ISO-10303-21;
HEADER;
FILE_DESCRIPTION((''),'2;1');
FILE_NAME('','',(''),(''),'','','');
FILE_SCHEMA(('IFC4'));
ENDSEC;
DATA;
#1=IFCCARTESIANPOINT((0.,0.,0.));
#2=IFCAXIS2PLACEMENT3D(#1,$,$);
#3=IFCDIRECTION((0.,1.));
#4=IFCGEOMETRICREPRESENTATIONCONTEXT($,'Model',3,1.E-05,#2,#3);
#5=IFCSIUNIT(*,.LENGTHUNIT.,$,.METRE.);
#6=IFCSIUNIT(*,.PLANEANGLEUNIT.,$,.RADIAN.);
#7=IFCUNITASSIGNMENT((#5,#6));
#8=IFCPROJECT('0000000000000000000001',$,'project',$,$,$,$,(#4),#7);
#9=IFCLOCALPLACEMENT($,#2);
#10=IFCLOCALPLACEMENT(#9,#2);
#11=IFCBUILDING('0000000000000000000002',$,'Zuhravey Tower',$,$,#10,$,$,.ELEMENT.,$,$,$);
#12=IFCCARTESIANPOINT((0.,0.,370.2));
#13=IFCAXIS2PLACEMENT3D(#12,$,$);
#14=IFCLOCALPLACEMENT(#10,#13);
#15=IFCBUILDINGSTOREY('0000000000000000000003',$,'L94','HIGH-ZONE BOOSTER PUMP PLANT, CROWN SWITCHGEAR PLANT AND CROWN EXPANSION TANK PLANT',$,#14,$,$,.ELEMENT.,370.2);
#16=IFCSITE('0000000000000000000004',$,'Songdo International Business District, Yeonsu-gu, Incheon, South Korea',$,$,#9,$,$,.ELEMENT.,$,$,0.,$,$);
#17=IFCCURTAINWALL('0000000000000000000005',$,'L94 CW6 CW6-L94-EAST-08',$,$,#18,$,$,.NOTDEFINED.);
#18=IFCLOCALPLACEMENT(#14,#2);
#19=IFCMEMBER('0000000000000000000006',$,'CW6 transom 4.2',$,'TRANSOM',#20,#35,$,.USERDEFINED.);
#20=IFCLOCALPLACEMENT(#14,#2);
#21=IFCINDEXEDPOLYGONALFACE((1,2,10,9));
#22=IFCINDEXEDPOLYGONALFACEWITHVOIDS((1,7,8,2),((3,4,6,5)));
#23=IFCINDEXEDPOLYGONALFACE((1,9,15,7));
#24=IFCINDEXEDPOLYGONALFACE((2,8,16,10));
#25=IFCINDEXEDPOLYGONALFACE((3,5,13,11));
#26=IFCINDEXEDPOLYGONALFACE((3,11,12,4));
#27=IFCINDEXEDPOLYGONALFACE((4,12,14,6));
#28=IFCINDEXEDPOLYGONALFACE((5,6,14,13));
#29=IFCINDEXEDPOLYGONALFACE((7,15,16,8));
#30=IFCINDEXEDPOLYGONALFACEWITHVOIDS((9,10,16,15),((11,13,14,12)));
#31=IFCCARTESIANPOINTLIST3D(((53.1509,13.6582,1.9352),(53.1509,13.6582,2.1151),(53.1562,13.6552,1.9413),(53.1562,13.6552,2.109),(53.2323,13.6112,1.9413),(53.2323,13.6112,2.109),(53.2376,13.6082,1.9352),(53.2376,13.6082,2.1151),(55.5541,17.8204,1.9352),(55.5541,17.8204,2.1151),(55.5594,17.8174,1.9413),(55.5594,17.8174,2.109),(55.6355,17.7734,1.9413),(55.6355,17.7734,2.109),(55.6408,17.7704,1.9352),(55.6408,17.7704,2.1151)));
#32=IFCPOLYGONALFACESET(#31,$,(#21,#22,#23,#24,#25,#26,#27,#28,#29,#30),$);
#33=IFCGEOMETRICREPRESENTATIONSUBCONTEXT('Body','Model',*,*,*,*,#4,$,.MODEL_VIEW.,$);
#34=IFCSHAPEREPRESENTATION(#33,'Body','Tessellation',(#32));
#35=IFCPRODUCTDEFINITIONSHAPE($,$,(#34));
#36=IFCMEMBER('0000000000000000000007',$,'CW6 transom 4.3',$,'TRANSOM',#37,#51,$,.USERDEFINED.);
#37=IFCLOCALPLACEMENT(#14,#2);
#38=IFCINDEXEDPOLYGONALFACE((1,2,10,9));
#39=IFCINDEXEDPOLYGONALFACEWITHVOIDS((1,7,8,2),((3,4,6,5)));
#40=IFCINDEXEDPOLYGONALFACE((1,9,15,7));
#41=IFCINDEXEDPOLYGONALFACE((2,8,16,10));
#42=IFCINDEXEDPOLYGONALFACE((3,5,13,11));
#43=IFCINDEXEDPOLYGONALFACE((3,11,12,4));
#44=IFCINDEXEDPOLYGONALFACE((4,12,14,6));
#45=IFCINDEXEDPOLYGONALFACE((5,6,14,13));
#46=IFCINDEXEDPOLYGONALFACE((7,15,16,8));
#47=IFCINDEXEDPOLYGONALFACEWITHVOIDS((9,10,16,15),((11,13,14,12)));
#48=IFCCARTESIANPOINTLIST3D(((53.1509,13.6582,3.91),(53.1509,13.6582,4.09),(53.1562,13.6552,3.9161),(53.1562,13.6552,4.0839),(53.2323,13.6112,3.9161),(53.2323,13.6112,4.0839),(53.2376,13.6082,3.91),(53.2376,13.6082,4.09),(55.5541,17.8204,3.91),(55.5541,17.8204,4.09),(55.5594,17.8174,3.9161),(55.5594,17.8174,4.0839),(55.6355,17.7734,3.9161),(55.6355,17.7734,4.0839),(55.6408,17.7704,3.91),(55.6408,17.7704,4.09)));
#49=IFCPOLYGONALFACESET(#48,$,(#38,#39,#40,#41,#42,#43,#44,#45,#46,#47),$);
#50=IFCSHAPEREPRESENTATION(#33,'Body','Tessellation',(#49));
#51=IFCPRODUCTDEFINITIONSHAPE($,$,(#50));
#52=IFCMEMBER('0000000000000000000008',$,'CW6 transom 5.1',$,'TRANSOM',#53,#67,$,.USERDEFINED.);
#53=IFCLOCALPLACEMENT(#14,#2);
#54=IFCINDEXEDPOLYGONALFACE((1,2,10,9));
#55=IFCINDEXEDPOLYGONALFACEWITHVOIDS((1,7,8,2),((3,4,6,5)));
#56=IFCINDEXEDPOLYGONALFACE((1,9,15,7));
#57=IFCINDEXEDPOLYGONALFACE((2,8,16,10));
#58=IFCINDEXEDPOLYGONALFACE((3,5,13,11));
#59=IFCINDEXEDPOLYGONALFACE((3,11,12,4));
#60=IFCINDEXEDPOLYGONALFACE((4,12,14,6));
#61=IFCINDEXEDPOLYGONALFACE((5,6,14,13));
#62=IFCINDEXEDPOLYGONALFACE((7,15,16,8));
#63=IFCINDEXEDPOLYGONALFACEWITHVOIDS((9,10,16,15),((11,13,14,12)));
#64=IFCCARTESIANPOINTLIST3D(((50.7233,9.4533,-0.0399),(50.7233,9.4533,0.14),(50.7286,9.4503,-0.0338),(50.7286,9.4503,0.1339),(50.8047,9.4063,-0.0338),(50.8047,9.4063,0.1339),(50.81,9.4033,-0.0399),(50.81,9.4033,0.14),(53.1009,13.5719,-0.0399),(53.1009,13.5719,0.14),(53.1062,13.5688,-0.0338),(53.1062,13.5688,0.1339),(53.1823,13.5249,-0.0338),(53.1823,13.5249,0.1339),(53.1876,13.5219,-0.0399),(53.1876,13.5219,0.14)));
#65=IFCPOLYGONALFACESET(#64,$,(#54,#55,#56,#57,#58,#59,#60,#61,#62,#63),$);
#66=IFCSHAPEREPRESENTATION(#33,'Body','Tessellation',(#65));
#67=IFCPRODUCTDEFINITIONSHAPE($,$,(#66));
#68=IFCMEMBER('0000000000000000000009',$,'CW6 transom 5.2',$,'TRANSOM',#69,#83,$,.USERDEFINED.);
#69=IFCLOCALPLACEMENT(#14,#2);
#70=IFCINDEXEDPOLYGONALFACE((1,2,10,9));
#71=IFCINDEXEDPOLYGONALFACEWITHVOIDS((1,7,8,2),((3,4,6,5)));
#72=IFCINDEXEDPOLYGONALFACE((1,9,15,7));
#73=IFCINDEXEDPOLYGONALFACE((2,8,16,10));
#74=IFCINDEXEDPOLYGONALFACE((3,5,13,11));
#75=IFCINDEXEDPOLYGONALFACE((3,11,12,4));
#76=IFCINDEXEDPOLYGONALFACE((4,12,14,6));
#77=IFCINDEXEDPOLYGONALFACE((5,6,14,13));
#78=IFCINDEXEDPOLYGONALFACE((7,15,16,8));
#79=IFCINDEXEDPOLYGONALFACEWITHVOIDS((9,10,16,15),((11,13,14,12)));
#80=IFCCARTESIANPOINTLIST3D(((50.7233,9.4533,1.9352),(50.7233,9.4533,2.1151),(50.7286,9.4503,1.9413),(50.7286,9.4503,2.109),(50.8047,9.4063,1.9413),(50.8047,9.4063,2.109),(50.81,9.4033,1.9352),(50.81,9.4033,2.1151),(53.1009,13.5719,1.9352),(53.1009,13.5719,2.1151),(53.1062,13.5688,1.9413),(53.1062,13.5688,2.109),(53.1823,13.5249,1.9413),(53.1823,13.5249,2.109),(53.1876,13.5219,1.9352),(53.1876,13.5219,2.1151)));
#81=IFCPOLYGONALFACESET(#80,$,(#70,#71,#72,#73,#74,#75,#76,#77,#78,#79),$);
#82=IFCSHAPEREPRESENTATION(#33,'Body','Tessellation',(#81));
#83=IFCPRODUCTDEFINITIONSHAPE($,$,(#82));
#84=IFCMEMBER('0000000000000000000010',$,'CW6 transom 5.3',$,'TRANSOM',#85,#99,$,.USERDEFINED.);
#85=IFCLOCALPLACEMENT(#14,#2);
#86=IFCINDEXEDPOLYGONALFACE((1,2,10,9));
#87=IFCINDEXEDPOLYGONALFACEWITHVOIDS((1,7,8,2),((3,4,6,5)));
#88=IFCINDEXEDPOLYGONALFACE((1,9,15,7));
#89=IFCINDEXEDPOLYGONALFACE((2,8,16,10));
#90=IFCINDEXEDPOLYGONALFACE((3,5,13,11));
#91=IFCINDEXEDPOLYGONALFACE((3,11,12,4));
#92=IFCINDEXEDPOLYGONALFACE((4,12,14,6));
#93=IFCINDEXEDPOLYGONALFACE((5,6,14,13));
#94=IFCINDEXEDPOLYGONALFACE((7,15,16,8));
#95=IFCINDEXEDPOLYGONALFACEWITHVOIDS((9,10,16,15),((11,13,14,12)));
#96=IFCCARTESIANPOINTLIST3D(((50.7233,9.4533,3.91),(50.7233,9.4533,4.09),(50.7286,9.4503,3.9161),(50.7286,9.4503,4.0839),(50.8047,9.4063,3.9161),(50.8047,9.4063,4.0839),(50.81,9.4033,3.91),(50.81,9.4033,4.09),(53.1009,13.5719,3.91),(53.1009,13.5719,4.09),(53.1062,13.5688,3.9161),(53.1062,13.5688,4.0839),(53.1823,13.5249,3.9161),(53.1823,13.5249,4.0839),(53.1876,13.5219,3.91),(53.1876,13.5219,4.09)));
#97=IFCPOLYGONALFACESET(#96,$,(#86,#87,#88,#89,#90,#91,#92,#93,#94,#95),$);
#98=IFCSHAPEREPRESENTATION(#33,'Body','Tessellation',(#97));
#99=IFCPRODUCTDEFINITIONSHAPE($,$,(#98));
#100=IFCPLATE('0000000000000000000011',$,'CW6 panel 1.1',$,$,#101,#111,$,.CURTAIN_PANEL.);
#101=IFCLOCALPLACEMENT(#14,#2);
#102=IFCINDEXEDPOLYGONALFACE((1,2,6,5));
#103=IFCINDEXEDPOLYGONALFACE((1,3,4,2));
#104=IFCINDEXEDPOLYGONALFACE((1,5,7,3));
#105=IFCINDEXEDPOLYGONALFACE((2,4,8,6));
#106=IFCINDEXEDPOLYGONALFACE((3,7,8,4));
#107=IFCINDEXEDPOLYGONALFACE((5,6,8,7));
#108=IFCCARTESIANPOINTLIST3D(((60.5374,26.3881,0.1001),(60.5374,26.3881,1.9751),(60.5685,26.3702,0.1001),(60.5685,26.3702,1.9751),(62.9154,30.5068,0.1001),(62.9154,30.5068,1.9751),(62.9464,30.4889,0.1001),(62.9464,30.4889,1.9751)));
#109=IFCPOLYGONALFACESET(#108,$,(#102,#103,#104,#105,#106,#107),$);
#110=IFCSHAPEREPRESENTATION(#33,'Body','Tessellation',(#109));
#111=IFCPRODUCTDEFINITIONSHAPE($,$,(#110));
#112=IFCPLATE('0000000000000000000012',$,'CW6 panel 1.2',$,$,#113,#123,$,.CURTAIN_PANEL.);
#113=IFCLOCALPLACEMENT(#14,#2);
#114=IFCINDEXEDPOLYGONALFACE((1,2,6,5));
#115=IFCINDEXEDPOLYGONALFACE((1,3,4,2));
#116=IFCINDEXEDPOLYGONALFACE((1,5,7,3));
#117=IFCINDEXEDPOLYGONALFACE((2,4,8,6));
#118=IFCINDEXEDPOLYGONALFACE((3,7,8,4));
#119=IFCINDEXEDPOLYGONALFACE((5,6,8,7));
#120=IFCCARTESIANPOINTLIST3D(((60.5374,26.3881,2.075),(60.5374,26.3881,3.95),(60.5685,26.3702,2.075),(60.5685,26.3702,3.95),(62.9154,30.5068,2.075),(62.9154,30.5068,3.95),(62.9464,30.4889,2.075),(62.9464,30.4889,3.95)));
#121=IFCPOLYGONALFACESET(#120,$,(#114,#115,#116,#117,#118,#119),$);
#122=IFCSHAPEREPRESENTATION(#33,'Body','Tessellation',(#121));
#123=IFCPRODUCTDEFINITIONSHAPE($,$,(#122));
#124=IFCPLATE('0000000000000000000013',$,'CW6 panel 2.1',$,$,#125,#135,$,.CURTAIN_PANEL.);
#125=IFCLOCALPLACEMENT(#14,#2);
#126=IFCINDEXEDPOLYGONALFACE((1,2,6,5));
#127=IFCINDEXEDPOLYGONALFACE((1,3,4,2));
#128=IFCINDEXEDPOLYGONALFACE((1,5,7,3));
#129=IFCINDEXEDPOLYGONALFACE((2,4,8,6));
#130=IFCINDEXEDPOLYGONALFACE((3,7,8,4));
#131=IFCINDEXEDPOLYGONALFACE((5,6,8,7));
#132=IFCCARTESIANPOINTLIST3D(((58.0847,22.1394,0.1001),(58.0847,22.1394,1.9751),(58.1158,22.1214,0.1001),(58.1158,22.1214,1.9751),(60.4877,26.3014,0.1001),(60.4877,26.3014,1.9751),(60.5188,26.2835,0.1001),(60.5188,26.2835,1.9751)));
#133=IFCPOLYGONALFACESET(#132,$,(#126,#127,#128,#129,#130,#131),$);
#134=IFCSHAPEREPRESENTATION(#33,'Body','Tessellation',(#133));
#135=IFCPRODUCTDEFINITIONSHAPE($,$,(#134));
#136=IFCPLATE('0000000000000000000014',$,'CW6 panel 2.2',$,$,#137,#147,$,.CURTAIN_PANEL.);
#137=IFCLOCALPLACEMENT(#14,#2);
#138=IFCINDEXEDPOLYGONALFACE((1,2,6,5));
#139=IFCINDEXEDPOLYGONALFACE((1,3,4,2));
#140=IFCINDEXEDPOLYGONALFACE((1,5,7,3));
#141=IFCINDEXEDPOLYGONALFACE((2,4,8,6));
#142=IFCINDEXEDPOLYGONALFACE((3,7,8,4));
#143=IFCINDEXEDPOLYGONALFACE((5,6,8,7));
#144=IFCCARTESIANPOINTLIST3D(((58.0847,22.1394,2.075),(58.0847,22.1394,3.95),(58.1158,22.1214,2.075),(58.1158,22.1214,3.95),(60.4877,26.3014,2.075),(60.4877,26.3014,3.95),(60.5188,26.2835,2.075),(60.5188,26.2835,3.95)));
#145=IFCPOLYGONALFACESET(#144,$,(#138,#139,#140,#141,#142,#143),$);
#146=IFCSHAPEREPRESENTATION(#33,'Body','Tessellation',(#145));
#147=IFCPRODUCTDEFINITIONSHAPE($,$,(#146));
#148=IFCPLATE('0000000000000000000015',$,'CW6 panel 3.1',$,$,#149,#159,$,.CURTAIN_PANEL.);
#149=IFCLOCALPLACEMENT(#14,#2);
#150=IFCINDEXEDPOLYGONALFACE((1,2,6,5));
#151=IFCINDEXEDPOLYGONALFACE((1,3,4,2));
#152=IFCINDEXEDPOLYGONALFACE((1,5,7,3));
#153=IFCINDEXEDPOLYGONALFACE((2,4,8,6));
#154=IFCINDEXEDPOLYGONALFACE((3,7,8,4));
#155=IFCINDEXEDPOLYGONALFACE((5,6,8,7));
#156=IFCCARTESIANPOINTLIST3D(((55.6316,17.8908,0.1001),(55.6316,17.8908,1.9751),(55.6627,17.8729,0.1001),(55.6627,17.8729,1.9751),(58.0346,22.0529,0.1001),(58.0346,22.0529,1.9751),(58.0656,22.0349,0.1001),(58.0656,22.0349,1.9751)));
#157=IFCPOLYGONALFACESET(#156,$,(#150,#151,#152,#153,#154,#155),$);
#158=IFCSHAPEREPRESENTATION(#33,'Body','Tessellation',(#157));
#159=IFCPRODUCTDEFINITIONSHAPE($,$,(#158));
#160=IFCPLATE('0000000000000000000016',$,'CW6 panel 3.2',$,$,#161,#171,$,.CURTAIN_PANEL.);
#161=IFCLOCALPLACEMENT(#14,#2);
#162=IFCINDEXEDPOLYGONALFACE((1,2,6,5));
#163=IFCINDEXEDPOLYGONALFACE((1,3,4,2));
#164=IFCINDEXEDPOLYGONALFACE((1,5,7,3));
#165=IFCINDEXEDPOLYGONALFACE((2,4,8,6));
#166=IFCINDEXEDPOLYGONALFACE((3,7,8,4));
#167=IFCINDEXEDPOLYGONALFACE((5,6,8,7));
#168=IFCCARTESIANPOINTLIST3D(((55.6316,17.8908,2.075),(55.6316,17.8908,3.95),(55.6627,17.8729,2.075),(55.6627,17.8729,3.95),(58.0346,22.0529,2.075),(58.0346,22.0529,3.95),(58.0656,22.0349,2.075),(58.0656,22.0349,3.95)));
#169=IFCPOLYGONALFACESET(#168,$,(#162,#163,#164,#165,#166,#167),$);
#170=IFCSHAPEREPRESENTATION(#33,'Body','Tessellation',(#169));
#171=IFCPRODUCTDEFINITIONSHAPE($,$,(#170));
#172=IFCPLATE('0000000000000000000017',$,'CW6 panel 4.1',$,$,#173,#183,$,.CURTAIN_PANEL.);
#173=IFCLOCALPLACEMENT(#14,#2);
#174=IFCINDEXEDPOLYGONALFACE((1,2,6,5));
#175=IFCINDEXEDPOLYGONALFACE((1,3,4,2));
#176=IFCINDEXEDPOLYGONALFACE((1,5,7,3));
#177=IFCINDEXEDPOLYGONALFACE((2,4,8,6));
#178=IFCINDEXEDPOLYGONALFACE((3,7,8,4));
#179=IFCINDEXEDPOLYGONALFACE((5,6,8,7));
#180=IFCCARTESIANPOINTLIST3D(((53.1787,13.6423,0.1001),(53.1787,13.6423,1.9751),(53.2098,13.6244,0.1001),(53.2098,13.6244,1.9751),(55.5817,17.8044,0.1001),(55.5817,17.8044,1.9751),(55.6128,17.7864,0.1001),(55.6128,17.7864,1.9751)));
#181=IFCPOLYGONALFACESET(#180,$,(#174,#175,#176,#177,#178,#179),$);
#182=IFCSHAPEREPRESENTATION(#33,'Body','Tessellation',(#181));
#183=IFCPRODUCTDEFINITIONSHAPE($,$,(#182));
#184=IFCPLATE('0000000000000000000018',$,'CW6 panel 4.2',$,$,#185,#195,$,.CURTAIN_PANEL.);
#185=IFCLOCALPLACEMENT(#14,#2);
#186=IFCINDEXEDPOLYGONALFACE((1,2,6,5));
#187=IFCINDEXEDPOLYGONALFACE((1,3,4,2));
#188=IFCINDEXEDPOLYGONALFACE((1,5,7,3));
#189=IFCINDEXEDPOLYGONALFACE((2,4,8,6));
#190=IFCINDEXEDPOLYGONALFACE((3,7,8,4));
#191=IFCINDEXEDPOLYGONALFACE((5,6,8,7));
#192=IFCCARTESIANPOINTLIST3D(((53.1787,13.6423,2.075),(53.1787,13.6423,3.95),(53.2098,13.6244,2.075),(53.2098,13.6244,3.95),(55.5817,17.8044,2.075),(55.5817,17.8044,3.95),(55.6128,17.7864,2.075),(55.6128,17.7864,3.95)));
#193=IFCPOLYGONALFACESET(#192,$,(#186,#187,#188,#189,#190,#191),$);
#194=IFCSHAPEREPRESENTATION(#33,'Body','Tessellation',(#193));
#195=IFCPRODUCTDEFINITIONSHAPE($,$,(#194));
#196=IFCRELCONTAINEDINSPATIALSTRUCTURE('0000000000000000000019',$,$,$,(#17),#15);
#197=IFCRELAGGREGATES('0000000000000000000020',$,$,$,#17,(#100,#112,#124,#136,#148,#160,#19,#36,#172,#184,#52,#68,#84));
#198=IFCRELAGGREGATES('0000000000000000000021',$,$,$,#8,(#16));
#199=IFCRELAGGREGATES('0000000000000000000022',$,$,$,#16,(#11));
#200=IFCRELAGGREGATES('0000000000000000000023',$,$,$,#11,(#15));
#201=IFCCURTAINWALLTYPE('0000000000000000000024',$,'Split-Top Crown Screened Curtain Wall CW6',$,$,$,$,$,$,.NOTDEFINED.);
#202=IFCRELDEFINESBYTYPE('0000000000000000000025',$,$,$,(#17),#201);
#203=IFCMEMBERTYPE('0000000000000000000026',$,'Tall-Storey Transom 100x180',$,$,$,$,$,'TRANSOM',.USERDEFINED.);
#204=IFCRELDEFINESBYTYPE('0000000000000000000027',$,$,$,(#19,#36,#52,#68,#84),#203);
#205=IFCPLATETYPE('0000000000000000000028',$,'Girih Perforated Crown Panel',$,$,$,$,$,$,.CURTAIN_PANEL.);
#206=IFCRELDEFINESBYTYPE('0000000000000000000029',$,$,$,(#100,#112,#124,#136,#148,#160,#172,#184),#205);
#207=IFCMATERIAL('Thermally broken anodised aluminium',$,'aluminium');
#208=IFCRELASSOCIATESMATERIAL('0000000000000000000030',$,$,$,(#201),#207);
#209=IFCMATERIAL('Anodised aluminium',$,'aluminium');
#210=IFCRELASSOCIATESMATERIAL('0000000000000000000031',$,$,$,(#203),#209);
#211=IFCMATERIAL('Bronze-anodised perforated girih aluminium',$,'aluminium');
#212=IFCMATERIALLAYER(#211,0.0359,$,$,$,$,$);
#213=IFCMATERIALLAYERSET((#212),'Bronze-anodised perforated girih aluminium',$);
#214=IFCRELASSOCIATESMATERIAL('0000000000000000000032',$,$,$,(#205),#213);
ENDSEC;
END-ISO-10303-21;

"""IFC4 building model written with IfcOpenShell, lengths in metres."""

from ifc_helpers import new_model, si_unit, direction, frame, origin, origin_2d, place, context, subcontext, project, spatial, rectangle, hollow_rectangle, extrude, material, layer, layer_set, material_profile, profile_set, type_object, element, aggregate, save


model = new_model("IFC4")

# Units and contexts
model_context = context("Model", 3, precision=1e-05, world=origin(), true_north=direction((0.0, 1.0)))
body_context = subcontext(model_context, "Body", "Model", "MODEL_VIEW")
ifc_project = project(units=[si_unit("LENGTHUNIT", "METRE"), si_unit("PLANEANGLEUNIT", "RADIAN")], contexts=[model_context])

# Site, building, storey
site_placement = place(None, origin())
site = spatial("IfcSite", under=ifc_project, at=site_placement, Name="Songdo International Business District, Yeonsu-gu, Incheon, South Korea", CompositionType="ELEMENT", RefElevation=0.0)
building_placement = place(site_placement, origin())
building = spatial("IfcBuilding", under=site, at=building_placement, Name="Zuhravey Tower", CompositionType="ELEMENT")
storey_placement = place(building_placement, frame((0.0, 0.0, 370.2)))
storey = spatial("IfcBuildingStorey", under=building, at=storey_placement, Name="L94", Description="HIGH-ZONE BOOSTER PUMP PLANT, CROWN SWITCHGEAR PLANT AND CROWN EXPANSION TANK PLANT", CompositionType="ELEMENT", Elevation=370.2)

# Curtain wall
ifc_material_1 = material(Name="Thermally broken anodised aluminium", Category="aluminium")
curtain_wall_type = type_object("IfcCurtainWallType", Name="Split-Top Crown Screened Curtain Wall CW6", PredefinedType="NOTDEFINED", material=ifc_material_1)
curtain_wall_placement = place(storey_placement, origin())
curtain_wall = element("IfcCurtainWall", 1, at=curtain_wall_placement, inside=storey, type_object=curtain_wall_type, Name="L94 CW6 CW6-L94-EAST-08", PredefinedType="NOTDEFINED")
ifc_material_2 = material(Name="Anodised aluminium", Category="aluminium")

# Members
ifc_material_profile_1 = material_profile(ifc_material_2, hollow_rectangle(XDim=0.1001, YDim=0.1799, WallThickness=0.0061, at=origin_2d()), Name="ALU-RHS-100x180x6")
ifc_profile_set_1 = profile_set([ifc_material_profile_1], Name="Anodised aluminium")
member_type_1 = type_object("IfcMemberType", Name="Tall-Storey Transom 100x180", ElementType="TRANSOM", PredefinedType="USERDEFINED", material=ifc_profile_set_1)
member_1_placement = place(storey_placement, frame((55.5974, 17.7954, 2.0251), z_axis=(-0.500013, -0.866018, 0.0), x_axis=(0.866018, -0.500013, 0.0)))
member_1 = element("IfcMember", 2, at=member_1_placement, type_object=member_type_1, Name="CW6 transom 4.2", ObjectType="TRANSOM", PredefinedType="USERDEFINED", context=body_context, shape_type="SweptSolid", body=[
    extrude(hollow_rectangle(XDim=0.1001, YDim=0.1799, WallThickness=0.0061, at=origin_2d()), origin(), (0.0, 0.0, 1.0), 4.8062),
])
member_2_placement = place(storey_placement, frame((55.5974, 17.7954, 4.0), z_axis=(-0.500013, -0.866018, 0.0), x_axis=(0.866018, -0.500013, 0.0)))
member_2 = element("IfcMember", 3, at=member_2_placement, type_object=member_type_1, Name="CW6 transom 4.3", ObjectType="TRANSOM", PredefinedType="USERDEFINED", context=body_context, shape_type="SweptSolid", body=[
    extrude(hollow_rectangle(XDim=0.1001, YDim=0.1799, WallThickness=0.0061, at=origin_2d()), origin(), (0.0, 0.0, 1.0), 4.8062),
])
member_3_placement = place(storey_placement, frame((53.1443, 13.5469, 0.05), z_axis=(-0.499965, -0.866045, 0.0), x_axis=(0.866045, -0.499965, 0.0)))
member_3 = element("IfcMember", 4, at=member_3_placement, type_object=member_type_1, Name="CW6 transom 5.1", ObjectType="TRANSOM", PredefinedType="USERDEFINED", context=body_context, shape_type="SweptSolid", body=[
    extrude(hollow_rectangle(XDim=0.1001, YDim=0.1799, WallThickness=0.0061, at=origin_2d()), origin(), (0.0, 0.0, 1.0), 4.7556),
])
member_4_placement = place(storey_placement, frame((53.1443, 13.5469, 2.0251), z_axis=(-0.499965, -0.866045, 0.0), x_axis=(0.866045, -0.499965, 0.0)))
member_4 = element("IfcMember", 5, at=member_4_placement, type_object=member_type_1, Name="CW6 transom 5.2", ObjectType="TRANSOM", PredefinedType="USERDEFINED", context=body_context, shape_type="SweptSolid", body=[
    extrude(hollow_rectangle(XDim=0.1001, YDim=0.1799, WallThickness=0.0061, at=origin_2d()), origin(), (0.0, 0.0, 1.0), 4.7556),
])
member_5_placement = place(storey_placement, frame((53.1443, 13.5469, 4.0), z_axis=(-0.499965, -0.866045, 0.0), x_axis=(0.866045, -0.499965, 0.0)))
member_5 = element("IfcMember", 6, at=member_5_placement, type_object=member_type_1, Name="CW6 transom 5.3", ObjectType="TRANSOM", PredefinedType="USERDEFINED", context=body_context, shape_type="SweptSolid", body=[
    extrude(hollow_rectangle(XDim=0.1001, YDim=0.1799, WallThickness=0.0061, at=origin_2d()), origin(), (0.0, 0.0, 1.0), 4.7556),
])

# Plates
ifc_material_3 = material(Name="Bronze-anodised perforated girih aluminium", Category="aluminium")
ifc_layer_1 = layer(ifc_material_3, 0.0359)
ifc_layer_set_1 = layer_set([ifc_layer_1], Name="Bronze-anodised perforated girih aluminium")
plate_type = type_object("IfcPlateType", Name="Girih Perforated Crown Panel", PredefinedType="CURTAIN_PANEL", material=ifc_layer_set_1)
plate_1_placement = place(storey_placement, frame((61.7419, 28.4385, 0.1001), z_axis=(0.0, 0.0, 1.0), x_axis=(-0.499997, -0.866027, 0.0)))
plate_1 = element("IfcPlate", 7, at=plate_1_placement, type_object=plate_type, Name="CW6 panel 1.1", PredefinedType="CURTAIN_PANEL", context=body_context, shape_type="SweptSolid", body=[
    extrude(rectangle(XDim=4.7559, YDim=0.0359, at=origin_2d()), origin(), (0.0, 0.0, 1.0), 1.875),
])
plate_2_placement = place(storey_placement, frame((61.7419, 28.4385, 2.075), z_axis=(0.0, 0.0, 1.0), x_axis=(-0.499997, -0.866027, 0.0)))
plate_2 = element("IfcPlate", 8, at=plate_2_placement, type_object=plate_type, Name="CW6 panel 1.2", PredefinedType="CURTAIN_PANEL", context=body_context, shape_type="SweptSolid", body=[
    extrude(rectangle(XDim=4.7559, YDim=0.0359, at=origin_2d()), origin(), (0.0, 0.0, 1.0), 1.875),
])
plate_3_placement = place(storey_placement, frame((59.3018, 24.2114, 0.1001), z_axis=(0.0, 0.0, 1.0), x_axis=(-0.499997, -0.866027, 0.0)))
plate_3 = element("IfcPlate", 9, at=plate_3_placement, type_object=plate_type, Name="CW6 panel 2.1", PredefinedType="CURTAIN_PANEL", context=body_context, shape_type="SweptSolid", body=[
    extrude(rectangle(XDim=4.8059, YDim=0.0359, at=origin_2d()), origin(), (0.0, 0.0, 1.0), 1.875),
])
plate_4_placement = place(storey_placement, frame((59.3018, 24.2114, 2.075), z_axis=(0.0, 0.0, 1.0), x_axis=(-0.499997, -0.866027, 0.0)))
plate_4 = element("IfcPlate", 10, at=plate_4_placement, type_object=plate_type, Name="CW6 panel 2.2", PredefinedType="CURTAIN_PANEL", context=body_context, shape_type="SweptSolid", body=[
    extrude(rectangle(XDim=4.8059, YDim=0.0359, at=origin_2d()), origin(), (0.0, 0.0, 1.0), 1.875),
])
plate_5_placement = place(storey_placement, frame((56.8486, 19.9629, 0.1001), z_axis=(0.0, 0.0, 1.0), x_axis=(-0.499997, -0.866027, 0.0)))
plate_5 = element("IfcPlate", 11, at=plate_5_placement, type_object=plate_type, Name="CW6 panel 3.1", PredefinedType="CURTAIN_PANEL", context=body_context, shape_type="SweptSolid", body=[
    extrude(rectangle(XDim=4.8059, YDim=0.0359, at=origin_2d()), origin(), (0.0, 0.0, 1.0), 1.875),
])
plate_6_placement = place(storey_placement, frame((56.8486, 19.9629, 2.075), z_axis=(0.0, 0.0, 1.0), x_axis=(-0.499997, -0.866027, 0.0)))
plate_6 = element("IfcPlate", 12, at=plate_6_placement, type_object=plate_type, Name="CW6 panel 3.2", PredefinedType="CURTAIN_PANEL", context=body_context, shape_type="SweptSolid", body=[
    extrude(rectangle(XDim=4.8059, YDim=0.0359, at=origin_2d()), origin(), (0.0, 0.0, 1.0), 1.875),
])
plate_7_placement = place(storey_placement, frame((54.3958, 15.7144, 0.1001), z_axis=(0.0, 0.0, 1.0), x_axis=(-0.499997, -0.866027, 0.0)))
plate_7 = element("IfcPlate", 13, at=plate_7_placement, type_object=plate_type, Name="CW6 panel 4.1", PredefinedType="CURTAIN_PANEL", context=body_context, shape_type="SweptSolid", body=[
    extrude(rectangle(XDim=4.8059, YDim=0.0359, at=origin_2d()), origin(), (0.0, 0.0, 1.0), 1.875),
])
plate_8_placement = place(storey_placement, frame((54.3958, 15.7144, 2.075), z_axis=(0.0, 0.0, 1.0), x_axis=(-0.499997, -0.866027, 0.0)))
plate_8 = element("IfcPlate", 14, at=plate_8_placement, type_object=plate_type, Name="CW6 panel 4.2", PredefinedType="CURTAIN_PANEL", context=body_context, shape_type="SweptSolid", body=[
    extrude(rectangle(XDim=4.8059, YDim=0.0359, at=origin_2d()), origin(), (0.0, 0.0, 1.0), 1.875),
])
aggregate(curtain_wall, [plate_1, plate_2, plate_3, plate_4, plate_5, plate_6, member_1, member_2, plate_7, plate_8, member_3, member_4, member_5])

save(model, "model.ifc")
